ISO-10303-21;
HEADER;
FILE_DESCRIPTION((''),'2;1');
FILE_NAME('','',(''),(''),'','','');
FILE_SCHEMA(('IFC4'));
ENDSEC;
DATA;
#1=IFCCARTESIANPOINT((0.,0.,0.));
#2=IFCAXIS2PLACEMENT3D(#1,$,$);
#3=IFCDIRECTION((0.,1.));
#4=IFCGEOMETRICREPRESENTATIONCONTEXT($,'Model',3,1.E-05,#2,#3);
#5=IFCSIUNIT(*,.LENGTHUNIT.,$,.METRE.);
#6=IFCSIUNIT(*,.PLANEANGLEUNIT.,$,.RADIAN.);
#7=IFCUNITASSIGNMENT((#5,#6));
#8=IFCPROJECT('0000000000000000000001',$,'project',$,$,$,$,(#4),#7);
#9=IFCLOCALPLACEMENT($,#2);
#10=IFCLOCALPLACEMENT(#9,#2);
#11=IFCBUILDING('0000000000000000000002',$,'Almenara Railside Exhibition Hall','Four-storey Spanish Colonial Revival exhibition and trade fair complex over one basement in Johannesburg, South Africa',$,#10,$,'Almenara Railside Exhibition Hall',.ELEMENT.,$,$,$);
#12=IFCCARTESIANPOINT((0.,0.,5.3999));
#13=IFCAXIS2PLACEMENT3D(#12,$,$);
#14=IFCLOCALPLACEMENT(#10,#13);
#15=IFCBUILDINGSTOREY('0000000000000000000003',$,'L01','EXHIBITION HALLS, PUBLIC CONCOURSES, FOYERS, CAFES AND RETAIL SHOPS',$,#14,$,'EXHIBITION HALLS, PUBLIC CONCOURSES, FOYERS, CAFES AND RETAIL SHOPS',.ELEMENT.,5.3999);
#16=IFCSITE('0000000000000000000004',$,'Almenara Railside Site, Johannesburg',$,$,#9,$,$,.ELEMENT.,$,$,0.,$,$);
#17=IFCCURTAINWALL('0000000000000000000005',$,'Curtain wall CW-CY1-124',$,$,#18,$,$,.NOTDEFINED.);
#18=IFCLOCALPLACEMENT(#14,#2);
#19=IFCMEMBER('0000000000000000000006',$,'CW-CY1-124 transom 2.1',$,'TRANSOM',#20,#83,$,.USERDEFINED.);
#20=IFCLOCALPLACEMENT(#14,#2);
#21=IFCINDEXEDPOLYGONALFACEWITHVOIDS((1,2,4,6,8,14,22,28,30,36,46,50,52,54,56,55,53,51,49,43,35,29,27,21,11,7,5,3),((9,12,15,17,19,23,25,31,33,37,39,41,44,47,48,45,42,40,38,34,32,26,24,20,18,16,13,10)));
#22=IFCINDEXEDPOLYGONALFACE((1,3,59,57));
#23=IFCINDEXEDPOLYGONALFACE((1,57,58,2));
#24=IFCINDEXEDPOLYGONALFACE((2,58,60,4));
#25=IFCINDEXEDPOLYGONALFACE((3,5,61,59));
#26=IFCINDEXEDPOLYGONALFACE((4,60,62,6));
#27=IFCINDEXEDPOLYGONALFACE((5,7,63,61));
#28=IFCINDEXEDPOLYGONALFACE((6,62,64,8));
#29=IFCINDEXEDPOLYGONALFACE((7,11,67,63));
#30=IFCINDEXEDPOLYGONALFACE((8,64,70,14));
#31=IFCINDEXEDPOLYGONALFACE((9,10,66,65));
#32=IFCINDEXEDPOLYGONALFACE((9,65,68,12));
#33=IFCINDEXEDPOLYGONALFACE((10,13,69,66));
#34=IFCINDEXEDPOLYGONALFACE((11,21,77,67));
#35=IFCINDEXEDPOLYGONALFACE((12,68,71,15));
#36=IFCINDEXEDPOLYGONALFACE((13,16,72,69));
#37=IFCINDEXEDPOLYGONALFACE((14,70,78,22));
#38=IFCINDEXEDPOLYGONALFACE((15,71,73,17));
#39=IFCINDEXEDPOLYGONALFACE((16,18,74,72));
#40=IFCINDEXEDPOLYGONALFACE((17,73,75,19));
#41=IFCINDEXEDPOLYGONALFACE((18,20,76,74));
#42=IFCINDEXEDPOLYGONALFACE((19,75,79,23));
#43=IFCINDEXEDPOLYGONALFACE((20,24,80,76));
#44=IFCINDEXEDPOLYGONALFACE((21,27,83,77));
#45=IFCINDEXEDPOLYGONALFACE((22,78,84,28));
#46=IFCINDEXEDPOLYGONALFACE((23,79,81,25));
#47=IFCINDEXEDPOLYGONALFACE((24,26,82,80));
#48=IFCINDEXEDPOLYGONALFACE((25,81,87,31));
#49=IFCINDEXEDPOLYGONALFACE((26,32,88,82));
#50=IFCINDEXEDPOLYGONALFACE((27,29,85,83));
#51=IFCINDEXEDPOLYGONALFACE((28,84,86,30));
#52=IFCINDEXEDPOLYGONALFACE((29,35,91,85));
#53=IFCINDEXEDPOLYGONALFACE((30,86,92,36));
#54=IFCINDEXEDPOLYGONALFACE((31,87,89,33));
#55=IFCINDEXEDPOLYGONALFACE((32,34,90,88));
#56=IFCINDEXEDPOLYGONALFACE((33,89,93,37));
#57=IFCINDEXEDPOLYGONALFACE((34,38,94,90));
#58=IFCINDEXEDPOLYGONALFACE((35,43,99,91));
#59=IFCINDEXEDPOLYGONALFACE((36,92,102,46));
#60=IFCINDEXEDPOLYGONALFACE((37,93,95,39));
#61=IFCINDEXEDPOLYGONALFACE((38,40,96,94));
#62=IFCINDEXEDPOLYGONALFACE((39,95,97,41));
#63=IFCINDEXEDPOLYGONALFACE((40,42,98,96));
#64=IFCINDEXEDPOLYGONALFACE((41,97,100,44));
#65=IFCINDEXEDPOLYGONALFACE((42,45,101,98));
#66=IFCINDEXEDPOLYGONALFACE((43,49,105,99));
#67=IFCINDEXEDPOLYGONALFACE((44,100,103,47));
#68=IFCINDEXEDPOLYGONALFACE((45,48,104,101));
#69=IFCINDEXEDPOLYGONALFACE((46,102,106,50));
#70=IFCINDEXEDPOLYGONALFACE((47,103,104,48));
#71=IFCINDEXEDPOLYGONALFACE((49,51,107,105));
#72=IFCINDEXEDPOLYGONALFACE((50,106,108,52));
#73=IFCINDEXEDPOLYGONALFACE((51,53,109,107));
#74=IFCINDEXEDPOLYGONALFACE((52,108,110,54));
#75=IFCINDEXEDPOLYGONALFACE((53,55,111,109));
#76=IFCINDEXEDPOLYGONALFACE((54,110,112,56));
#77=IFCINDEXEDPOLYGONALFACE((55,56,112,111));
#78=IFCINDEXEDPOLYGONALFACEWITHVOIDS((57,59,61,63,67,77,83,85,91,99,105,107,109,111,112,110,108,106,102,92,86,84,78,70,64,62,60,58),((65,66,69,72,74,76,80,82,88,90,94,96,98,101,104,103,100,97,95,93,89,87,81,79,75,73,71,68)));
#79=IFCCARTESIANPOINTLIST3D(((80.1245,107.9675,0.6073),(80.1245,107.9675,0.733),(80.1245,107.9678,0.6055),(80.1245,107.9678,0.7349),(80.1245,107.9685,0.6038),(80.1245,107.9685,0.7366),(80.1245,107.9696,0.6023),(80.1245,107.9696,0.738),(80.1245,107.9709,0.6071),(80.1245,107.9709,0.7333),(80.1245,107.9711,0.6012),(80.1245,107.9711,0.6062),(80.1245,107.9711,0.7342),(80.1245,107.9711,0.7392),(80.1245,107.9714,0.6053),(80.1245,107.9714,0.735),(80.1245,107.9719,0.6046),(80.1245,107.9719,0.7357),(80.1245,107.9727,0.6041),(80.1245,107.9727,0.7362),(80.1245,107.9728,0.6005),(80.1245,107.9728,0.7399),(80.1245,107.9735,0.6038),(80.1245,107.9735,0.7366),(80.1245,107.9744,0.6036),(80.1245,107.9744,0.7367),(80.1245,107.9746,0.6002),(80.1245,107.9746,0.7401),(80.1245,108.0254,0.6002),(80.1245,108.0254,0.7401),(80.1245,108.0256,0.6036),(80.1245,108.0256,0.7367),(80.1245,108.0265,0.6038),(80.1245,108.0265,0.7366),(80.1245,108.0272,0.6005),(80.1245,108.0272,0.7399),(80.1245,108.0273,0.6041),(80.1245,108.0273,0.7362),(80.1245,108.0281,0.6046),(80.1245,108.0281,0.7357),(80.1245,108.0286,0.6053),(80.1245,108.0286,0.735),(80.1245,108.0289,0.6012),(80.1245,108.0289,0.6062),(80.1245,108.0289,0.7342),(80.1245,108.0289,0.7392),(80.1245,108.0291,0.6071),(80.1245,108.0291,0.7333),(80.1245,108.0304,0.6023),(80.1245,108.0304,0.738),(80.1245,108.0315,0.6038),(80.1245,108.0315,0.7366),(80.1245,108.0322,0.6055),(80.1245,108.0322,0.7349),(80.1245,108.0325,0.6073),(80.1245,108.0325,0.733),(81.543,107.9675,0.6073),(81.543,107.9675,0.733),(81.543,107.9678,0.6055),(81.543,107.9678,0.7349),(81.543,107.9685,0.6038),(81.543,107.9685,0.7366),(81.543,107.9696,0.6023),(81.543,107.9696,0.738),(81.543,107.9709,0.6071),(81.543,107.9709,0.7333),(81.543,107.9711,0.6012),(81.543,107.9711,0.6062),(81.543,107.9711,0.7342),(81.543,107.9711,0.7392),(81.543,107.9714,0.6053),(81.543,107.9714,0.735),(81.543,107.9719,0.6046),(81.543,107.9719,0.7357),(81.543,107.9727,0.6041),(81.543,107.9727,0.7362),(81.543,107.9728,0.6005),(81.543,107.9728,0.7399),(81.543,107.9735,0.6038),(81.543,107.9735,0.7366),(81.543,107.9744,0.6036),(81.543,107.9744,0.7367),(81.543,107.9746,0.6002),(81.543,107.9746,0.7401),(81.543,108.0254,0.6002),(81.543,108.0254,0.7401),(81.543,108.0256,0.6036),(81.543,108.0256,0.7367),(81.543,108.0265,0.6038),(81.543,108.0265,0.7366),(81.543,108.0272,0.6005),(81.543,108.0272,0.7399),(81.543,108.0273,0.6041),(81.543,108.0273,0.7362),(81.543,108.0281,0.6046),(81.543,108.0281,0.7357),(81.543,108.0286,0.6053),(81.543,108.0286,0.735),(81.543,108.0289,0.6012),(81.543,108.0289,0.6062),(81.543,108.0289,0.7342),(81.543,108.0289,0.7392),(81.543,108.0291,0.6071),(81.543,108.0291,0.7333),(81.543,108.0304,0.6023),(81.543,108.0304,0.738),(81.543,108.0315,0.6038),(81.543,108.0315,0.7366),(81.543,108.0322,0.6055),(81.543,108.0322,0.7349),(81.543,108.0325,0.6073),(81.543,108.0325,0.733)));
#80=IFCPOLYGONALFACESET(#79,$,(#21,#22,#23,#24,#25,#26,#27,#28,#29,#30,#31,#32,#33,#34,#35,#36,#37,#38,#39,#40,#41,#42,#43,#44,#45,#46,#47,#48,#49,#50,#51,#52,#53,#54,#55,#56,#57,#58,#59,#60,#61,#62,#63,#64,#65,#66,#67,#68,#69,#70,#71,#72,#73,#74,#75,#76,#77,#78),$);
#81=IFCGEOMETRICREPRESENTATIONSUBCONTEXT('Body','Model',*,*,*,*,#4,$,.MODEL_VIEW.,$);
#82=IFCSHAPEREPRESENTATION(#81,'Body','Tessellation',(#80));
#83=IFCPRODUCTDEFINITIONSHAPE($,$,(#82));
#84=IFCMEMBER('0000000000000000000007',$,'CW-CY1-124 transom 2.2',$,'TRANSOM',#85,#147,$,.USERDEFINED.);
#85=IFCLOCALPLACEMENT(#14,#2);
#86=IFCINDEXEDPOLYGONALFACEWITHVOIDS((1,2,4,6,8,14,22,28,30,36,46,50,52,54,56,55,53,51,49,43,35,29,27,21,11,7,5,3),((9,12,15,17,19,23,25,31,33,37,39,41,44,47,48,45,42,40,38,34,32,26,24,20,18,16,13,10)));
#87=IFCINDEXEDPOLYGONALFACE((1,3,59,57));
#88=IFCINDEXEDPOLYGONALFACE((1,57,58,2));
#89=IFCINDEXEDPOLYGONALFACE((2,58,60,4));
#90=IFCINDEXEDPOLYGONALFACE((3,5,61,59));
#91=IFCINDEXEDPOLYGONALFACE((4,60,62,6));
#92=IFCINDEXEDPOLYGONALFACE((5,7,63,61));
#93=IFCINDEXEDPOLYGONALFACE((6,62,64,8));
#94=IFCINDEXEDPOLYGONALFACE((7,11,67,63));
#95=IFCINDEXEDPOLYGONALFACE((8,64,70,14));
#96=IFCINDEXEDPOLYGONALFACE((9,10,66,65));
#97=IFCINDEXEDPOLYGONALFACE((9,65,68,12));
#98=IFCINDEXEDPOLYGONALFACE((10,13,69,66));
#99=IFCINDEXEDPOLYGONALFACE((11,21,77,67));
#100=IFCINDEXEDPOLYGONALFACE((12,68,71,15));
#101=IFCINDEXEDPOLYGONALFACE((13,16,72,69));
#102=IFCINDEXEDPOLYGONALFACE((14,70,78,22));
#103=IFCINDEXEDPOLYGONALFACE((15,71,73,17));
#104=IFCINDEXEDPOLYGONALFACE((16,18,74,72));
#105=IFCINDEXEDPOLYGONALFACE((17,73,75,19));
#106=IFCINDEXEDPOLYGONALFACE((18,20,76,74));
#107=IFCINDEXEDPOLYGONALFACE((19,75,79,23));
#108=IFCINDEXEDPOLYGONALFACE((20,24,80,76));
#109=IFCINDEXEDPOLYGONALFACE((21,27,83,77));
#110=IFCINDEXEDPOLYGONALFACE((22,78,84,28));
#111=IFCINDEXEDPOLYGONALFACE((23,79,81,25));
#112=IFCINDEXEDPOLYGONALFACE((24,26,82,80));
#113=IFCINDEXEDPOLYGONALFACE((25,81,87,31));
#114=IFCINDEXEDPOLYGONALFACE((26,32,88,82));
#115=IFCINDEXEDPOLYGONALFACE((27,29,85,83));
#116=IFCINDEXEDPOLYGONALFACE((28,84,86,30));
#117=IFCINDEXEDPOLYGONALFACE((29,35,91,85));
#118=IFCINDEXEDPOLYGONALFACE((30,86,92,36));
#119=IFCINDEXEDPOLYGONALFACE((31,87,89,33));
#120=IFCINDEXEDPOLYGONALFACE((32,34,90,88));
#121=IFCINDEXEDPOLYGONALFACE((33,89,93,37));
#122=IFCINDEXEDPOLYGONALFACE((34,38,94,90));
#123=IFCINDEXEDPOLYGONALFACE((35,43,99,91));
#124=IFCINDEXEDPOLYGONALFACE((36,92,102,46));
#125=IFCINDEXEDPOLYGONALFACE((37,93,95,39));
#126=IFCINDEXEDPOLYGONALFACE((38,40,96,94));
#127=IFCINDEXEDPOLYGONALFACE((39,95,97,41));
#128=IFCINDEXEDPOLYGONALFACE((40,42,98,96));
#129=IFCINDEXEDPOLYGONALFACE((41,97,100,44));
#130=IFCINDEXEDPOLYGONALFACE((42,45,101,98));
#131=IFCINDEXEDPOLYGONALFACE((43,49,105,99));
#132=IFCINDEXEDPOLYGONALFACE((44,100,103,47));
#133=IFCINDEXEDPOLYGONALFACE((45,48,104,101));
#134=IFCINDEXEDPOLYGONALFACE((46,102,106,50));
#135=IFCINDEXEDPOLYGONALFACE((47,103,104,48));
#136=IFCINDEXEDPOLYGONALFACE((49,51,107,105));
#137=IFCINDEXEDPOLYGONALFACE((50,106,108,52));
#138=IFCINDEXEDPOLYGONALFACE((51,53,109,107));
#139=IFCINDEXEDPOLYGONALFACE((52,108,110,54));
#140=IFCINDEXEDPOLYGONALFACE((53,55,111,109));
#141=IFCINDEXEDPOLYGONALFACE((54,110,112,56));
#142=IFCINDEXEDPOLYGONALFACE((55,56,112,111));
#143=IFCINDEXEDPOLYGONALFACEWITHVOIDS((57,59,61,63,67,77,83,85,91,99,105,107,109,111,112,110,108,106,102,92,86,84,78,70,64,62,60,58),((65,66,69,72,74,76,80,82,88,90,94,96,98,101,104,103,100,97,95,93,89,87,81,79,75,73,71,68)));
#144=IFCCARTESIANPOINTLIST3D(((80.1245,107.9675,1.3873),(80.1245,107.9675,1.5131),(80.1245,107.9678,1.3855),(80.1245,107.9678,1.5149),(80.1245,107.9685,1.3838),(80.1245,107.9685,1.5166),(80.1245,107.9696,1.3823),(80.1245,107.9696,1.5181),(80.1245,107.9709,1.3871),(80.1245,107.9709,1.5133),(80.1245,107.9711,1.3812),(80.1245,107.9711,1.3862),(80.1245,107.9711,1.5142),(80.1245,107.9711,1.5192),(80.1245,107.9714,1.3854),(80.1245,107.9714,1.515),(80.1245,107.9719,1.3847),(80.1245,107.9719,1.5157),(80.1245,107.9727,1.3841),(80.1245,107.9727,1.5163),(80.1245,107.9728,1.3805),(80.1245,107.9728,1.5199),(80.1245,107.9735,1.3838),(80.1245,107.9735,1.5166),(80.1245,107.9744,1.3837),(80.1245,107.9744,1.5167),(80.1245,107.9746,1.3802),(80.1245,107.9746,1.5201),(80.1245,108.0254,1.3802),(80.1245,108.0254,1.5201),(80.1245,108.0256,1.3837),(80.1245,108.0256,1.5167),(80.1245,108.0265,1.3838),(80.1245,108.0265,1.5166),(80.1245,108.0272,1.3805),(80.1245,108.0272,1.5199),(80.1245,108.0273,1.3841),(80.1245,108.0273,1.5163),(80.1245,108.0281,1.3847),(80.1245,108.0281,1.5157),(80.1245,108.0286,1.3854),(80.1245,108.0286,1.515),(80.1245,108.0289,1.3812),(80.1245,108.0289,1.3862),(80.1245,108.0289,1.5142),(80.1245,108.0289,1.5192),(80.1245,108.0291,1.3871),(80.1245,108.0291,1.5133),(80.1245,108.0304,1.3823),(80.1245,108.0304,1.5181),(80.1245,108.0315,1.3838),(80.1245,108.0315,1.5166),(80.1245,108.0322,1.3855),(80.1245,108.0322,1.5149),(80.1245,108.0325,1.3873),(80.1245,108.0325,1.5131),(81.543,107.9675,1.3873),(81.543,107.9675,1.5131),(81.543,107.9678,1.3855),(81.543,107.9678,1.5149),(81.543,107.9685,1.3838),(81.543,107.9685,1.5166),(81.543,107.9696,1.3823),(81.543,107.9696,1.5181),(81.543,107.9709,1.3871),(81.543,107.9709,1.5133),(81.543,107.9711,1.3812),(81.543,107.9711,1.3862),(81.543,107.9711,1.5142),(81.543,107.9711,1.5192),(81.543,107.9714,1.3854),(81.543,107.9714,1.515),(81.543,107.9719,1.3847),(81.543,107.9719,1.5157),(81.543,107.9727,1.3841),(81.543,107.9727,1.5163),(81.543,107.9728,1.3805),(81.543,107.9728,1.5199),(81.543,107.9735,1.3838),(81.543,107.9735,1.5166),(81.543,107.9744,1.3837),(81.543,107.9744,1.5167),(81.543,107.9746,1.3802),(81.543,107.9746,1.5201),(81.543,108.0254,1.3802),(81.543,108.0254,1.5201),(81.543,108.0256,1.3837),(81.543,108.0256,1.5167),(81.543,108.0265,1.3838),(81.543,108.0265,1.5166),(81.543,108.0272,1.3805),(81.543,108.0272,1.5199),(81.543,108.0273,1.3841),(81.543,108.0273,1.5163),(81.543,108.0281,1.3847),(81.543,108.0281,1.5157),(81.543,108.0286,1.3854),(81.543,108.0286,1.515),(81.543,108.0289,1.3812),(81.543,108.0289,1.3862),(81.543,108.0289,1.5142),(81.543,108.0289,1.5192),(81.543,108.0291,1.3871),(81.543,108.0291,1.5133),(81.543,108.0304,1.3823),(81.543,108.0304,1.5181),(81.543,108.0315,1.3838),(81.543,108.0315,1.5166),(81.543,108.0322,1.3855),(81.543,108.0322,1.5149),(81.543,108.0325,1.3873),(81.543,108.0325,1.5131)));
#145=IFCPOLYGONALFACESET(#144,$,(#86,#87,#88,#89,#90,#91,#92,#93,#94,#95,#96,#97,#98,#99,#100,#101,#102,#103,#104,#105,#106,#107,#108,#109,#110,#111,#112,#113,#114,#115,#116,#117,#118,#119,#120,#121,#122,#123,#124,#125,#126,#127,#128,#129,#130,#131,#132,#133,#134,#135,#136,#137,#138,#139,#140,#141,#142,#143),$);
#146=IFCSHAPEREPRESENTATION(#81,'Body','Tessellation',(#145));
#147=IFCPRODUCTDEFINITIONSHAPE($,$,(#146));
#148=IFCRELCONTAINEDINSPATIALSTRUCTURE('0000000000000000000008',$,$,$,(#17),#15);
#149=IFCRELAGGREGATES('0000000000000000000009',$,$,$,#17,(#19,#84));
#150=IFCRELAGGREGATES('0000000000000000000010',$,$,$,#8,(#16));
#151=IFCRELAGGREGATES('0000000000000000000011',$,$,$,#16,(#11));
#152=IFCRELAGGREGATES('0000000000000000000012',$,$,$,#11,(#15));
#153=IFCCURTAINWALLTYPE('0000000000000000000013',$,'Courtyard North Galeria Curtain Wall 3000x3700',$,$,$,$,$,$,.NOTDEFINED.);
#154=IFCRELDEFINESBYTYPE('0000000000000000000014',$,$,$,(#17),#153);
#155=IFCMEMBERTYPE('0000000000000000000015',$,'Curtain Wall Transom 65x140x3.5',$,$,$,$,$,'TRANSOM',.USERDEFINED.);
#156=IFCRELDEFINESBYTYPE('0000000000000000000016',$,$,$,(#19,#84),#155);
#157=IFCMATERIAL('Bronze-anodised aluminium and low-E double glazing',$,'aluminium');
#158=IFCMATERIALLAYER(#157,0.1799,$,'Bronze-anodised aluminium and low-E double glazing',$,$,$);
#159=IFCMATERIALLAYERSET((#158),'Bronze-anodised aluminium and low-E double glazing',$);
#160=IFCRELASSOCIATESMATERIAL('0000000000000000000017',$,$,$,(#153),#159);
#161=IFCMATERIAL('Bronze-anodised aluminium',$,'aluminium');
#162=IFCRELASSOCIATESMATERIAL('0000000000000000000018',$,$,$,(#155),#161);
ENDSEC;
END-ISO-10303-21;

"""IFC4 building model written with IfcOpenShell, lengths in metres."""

from ifc_helpers import new_model, si_unit, direction, frame, origin, origin_2d, place, context, subcontext, project, spatial, hollow_rectangle, extrude, material, layer, layer_set, material_profile, profile_set, type_object, element, aggregate, save


model = new_model("IFC4")

# Units and contexts
model_context = context("Model", 3, precision=1e-05, world=origin(), true_north=direction((0.0, 1.0)))
body_context = subcontext(model_context, "Body", "Model", "MODEL_VIEW")
ifc_project = project(units=[si_unit("LENGTHUNIT", "METRE"), si_unit("PLANEANGLEUNIT", "RADIAN")], contexts=[model_context])

# Site, building, storey
site_placement = place(None, origin())
site = spatial("IfcSite", under=ifc_project, at=site_placement, Name="Almenara Railside Site, Johannesburg", CompositionType="ELEMENT", RefElevation=0.0)
building_placement = place(site_placement, origin())
building = spatial("IfcBuilding", under=site, at=building_placement, Name="Almenara Railside Exhibition Hall", Description="Four-storey Spanish Colonial Revival exhibition and trade fair complex over one basement in Johannesburg, South Africa", LongName="Almenara Railside Exhibition Hall", CompositionType="ELEMENT")
storey_placement = place(building_placement, frame((0.0, 0.0, 5.3999)))
storey = spatial("IfcBuildingStorey", under=building, at=storey_placement, Name="L01", Description="EXHIBITION HALLS, PUBLIC CONCOURSES, FOYERS, CAFES AND RETAIL SHOPS", LongName="EXHIBITION HALLS, PUBLIC CONCOURSES, FOYERS, CAFES AND RETAIL SHOPS", CompositionType="ELEMENT", Elevation=5.3999)

# Curtain wall
ifc_material_1 = material(Name="Bronze-anodised aluminium and low-E double glazing", Category="aluminium")
ifc_layer_1 = layer(ifc_material_1, 0.1799, Name="Bronze-anodised aluminium and low-E double glazing")
ifc_layer_set_1 = layer_set([ifc_layer_1], Name="Bronze-anodised aluminium and low-E double glazing")
curtain_wall_type = type_object("IfcCurtainWallType", Name="Courtyard North Galeria Curtain Wall 3000x3700", PredefinedType="NOTDEFINED", material=ifc_layer_set_1)
curtain_wall_1_placement = place(storey_placement, origin())
curtain_wall_1 = element("IfcCurtainWall", 1, at=curtain_wall_1_placement, inside=storey, type_object=curtain_wall_type, Name="Curtain wall CW-CY1-124", PredefinedType="NOTDEFINED")
ifc_material_2 = material(Name="Bronze-anodised aluminium", Category="aluminium")

# Members
ifc_material_profile_1 = material_profile(ifc_material_2, hollow_rectangle(XDim=0.0649, YDim=0.1399, WallThickness=0.0034, InnerFilletRadius=0.0034, OuterFilletRadius=0.0071, at=origin_2d()), Name="ALU-TRN 65x140x3.5")
ifc_profile_set_1 = profile_set([ifc_material_profile_1], Name="Bronze-anodised aluminium")
member_type_1 = type_object("IfcMemberType", Name="Curtain Wall Transom 65x140x3.5", ElementType="TRANSOM", PredefinedType="USERDEFINED", material=ifc_profile_set_1)
member_1_placement = place(storey_placement, frame((80.1245, 108.0, 0.6702), z_axis=(1.0, 0.0, 0.0), x_axis=(0.0, 1.0, 0.0)))
member_1 = element("IfcMember", 2, at=member_1_placement, type_object=member_type_1, Name="CW-CY1-124 transom 2.1", ObjectType="TRANSOM", PredefinedType="USERDEFINED", context=body_context, shape_type="SweptSolid", body=[
    extrude(hollow_rectangle(XDim=0.0649, YDim=0.1399, WallThickness=0.0034, InnerFilletRadius=0.0034, OuterFilletRadius=0.0071, at=origin_2d()), origin(), (0.0, 0.0, 1.0), 1.4185),
])
member_2_placement = place(storey_placement, frame((80.1245, 108.0, 1.4502), z_axis=(1.0, 0.0, 0.0), x_axis=(0.0, 1.0, 0.0)))
member_2 = element("IfcMember", 3, at=member_2_placement, type_object=member_type_1, Name="CW-CY1-124 transom 2.2", ObjectType="TRANSOM", PredefinedType="USERDEFINED", context=body_context, shape_type="SweptSolid", body=[
    extrude(hollow_rectangle(XDim=0.0649, YDim=0.1399, WallThickness=0.0034, InnerFilletRadius=0.0034, OuterFilletRadius=0.0071, at=origin_2d()), origin(), (0.0, 0.0, 1.0), 1.4185),
])

aggregate(curtain_wall_1, [member_1, member_2])

save(model, "model.ifc")
